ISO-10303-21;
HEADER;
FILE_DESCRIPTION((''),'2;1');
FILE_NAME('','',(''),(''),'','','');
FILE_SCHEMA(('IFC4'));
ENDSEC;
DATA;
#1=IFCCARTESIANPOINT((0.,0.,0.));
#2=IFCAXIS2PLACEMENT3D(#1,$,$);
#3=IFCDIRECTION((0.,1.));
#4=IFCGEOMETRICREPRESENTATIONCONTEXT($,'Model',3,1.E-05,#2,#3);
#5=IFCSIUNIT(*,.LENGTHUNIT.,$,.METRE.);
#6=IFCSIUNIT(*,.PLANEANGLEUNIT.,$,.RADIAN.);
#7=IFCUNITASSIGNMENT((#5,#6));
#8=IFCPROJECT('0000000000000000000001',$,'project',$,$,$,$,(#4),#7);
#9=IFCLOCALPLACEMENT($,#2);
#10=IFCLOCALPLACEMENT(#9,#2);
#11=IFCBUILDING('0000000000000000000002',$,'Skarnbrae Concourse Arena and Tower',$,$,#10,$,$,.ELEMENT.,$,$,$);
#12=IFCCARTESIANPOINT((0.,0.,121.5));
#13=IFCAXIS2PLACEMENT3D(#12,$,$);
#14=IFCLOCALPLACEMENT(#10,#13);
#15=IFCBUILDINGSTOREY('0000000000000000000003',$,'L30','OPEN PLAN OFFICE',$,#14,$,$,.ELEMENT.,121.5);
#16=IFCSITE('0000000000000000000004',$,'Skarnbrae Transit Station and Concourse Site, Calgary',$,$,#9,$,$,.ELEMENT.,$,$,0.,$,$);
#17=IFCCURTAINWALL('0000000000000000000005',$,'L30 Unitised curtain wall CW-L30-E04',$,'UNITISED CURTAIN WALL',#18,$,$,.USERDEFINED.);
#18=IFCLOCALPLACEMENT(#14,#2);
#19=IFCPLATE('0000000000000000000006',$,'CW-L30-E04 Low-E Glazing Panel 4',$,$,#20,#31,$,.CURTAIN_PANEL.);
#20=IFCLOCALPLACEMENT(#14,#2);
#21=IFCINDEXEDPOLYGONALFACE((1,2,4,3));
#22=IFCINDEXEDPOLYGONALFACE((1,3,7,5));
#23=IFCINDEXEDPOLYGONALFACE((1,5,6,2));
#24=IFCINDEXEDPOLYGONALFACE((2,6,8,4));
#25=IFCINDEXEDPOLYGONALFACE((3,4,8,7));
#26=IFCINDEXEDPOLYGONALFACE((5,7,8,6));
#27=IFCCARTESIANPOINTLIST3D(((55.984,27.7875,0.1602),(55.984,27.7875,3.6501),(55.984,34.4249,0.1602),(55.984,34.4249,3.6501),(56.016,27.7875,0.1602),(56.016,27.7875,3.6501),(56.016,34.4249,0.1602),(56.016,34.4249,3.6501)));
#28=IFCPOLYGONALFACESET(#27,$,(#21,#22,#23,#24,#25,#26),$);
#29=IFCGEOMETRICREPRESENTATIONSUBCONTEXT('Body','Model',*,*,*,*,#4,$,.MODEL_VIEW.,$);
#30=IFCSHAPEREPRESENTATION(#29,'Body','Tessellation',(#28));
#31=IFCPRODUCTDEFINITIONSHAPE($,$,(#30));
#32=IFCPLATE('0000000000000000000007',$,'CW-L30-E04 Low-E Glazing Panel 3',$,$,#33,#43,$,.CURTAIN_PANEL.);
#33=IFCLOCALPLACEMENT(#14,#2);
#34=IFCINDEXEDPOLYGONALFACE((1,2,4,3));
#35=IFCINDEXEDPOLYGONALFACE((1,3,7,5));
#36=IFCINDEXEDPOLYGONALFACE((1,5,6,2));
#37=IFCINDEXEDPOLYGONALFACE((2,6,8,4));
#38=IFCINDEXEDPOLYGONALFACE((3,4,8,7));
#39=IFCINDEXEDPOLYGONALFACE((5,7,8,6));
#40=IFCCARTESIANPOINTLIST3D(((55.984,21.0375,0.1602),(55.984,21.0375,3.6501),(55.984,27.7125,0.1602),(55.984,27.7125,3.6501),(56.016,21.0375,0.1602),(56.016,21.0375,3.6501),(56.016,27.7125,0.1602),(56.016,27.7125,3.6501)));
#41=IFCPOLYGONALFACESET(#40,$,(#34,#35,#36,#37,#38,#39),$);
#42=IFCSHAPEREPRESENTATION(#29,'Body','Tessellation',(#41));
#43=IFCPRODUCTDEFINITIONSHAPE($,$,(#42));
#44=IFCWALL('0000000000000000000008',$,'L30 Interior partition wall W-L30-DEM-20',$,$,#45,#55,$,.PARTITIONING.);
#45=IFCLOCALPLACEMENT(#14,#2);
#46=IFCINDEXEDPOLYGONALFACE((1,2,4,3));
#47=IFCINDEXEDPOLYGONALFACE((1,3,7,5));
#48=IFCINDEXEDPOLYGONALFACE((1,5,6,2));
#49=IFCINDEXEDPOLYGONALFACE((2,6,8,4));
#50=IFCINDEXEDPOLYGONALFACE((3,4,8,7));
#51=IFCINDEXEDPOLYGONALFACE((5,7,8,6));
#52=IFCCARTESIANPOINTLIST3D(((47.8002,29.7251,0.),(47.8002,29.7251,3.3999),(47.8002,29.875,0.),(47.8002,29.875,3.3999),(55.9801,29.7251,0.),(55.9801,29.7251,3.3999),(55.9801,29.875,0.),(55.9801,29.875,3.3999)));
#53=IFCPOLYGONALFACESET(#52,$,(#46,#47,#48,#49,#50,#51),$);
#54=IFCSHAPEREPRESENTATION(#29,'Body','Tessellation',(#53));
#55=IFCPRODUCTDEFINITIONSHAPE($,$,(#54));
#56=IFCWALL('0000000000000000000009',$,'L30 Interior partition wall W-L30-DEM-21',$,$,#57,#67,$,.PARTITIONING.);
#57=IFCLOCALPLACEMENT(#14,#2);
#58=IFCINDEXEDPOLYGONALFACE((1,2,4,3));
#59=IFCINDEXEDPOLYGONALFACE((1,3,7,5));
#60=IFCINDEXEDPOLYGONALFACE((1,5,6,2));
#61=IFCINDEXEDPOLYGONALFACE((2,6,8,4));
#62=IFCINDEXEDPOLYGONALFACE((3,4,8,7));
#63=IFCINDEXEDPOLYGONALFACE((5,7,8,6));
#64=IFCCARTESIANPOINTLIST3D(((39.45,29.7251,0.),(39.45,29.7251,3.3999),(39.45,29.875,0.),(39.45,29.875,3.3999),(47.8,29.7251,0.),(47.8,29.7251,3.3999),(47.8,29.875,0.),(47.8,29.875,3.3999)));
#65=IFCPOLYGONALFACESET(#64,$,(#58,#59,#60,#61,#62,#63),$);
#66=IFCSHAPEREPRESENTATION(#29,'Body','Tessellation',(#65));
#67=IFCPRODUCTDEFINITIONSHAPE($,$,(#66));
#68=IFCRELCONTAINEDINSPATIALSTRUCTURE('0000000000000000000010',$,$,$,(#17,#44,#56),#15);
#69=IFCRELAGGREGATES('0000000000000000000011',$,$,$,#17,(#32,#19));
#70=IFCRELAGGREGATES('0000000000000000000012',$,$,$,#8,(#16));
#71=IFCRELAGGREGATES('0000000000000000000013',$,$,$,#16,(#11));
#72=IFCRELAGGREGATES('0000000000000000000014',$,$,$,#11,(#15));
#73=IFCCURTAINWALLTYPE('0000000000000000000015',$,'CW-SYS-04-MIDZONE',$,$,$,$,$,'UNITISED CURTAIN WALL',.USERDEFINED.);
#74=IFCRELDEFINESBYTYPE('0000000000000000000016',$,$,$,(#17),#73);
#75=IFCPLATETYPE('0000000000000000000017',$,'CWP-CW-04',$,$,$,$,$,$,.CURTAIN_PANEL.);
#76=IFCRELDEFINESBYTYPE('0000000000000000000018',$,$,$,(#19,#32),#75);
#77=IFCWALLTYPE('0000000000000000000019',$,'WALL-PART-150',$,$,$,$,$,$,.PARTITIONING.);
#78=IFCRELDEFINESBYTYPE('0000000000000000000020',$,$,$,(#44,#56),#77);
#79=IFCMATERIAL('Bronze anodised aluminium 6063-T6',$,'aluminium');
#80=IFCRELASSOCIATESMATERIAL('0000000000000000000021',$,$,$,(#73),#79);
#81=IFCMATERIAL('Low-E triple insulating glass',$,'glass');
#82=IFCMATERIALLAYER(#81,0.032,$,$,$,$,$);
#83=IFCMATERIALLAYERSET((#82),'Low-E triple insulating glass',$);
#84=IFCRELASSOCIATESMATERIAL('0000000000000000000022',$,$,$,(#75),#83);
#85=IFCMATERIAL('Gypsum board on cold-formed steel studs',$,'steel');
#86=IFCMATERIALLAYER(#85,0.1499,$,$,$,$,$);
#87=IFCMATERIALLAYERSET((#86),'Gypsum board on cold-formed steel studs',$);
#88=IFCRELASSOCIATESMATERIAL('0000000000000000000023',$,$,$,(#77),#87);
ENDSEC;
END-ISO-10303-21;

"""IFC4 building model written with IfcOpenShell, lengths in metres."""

from ifc_helpers import new_model, si_unit, direction, frame, frame_2d, origin, origin_2d, place, context, subcontext, project, spatial, rectangle, extrude, source, transform, mapped, material, layer, layer_set, type_object, element, aggregate, save


model = new_model("IFC4")

# Units and contexts
model_context = context("Model", 3, precision=1e-05, world=origin(), true_north=direction((0.0, 1.0)))
body_context = subcontext(model_context, "Body", "Model", "MODEL_VIEW")
ifc_project = project(units=[si_unit("LENGTHUNIT", "METRE"), si_unit("PLANEANGLEUNIT", "RADIAN")], contexts=[model_context])

# Site, building, storey
site_placement = place(None, origin())
site = spatial("IfcSite", under=ifc_project, at=site_placement, Name="Skarnbrae Transit Station and Concourse Site, Calgary", CompositionType="ELEMENT", RefElevation=0.0)
building_placement = place(site_placement, origin())
building = spatial("IfcBuilding", under=site, at=building_placement, Name="Skarnbrae Concourse Arena and Tower", CompositionType="ELEMENT")
storey_placement = place(building_placement, frame((0.0, 0.0, 121.5)))
storey = spatial("IfcBuildingStorey", under=building, at=storey_placement, Name="L30", Description="OPEN PLAN OFFICE", CompositionType="ELEMENT", Elevation=121.5)

# Curtain wall, plates
ifc_material_1 = material(Name="Bronze anodised aluminium 6063-T6", Category="aluminium")
curtain_wall_type = type_object("IfcCurtainWallType", Name="CW-SYS-04-MIDZONE", ElementType="UNITISED CURTAIN WALL", PredefinedType="USERDEFINED", material=ifc_material_1)
curtain_wall_placement = place(storey_placement, origin())
curtain_wall = element("IfcCurtainWall", 1, at=curtain_wall_placement, inside=storey, type_object=curtain_wall_type, Name="L30 Unitised curtain wall CW-L30-E04", ObjectType="UNITISED CURTAIN WALL", PredefinedType="USERDEFINED")
ifc_material_2 = material(Name="Low-E triple insulating glass", Category="glass")
ifc_layer_1 = layer(ifc_material_2, 0.032)
ifc_layer_set_1 = layer_set([ifc_layer_1], Name="Low-E triple insulating glass")
plate_type = type_object("IfcPlateType", Name="CWP-CW-04", PredefinedType="CURTAIN_PANEL", material=ifc_layer_set_1)
shared_shape_1 = source(origin(), body_context, "Body", "SweptSolid", [
    extrude(rectangle(XDim=6.6375, YDim=0.032, at=origin_2d()), origin(), (0.0, 0.0, 1.0), 3.49),
])
plate_1_placement = place(storey_placement, frame((56.0, 31.1062, 0.1602), z_axis=(0.0, 0.0, 1.0), x_axis=(0.0, 1.0, 0.0)))
plate_1 = element("IfcPlate", 2, at=plate_1_placement, type_object=plate_type, Name="CW-L30-E04 Low-E Glazing Panel 4", PredefinedType="CURTAIN_PANEL", context=body_context, shape_type="MappedRepresentation", body=[
    mapped(shared_shape_1, transform((0.0, 0.0, 0.0))),
])
shared_shape_2 = source(origin(), body_context, "Body", "SweptSolid", [
    extrude(rectangle(XDim=6.675, YDim=0.032, at=origin_2d()), origin(), (0.0, 0.0, 1.0), 3.49),
])
plate_2_placement = place(storey_placement, frame((56.0, 24.375, 0.1602), z_axis=(0.0, 0.0, 1.0), x_axis=(0.0, 1.0, 0.0)))
plate_2 = element("IfcPlate", 3, at=plate_2_placement, type_object=plate_type, Name="CW-L30-E04 Low-E Glazing Panel 3", PredefinedType="CURTAIN_PANEL", context=body_context, shape_type="MappedRepresentation", body=[
    mapped(shared_shape_2, transform((0.0, 0.0, 0.0))),
])
aggregate(curtain_wall, [plate_2, plate_1])

# Shared definitions
ifc_material_3 = material(Name="Gypsum board on cold-formed steel studs", Category="steel")

# Walls
ifc_layer_2 = layer(ifc_material_3, 0.1499)
ifc_layer_set_2 = layer_set([ifc_layer_2], Name="Gypsum board on cold-formed steel studs")
wall_type_1 = type_object("IfcWallType", Name="WALL-PART-150", PredefinedType="PARTITIONING", material=ifc_layer_set_2)
shared_shape_3 = source(origin(), body_context, "Body", "SweptSolid", [
    extrude(rectangle(XDim=8.1799, YDim=0.1499, at=frame_2d((4.0898, 0.0))), origin(), (0.0, 0.0, 1.0), 3.3999),
])
wall_1_placement = place(storey_placement, frame((55.98, 29.8, 0.0), z_axis=(0.0, 0.0, 1.0), x_axis=(-1.0, 0.0, 0.0)))
element("IfcWall", 4, at=wall_1_placement, inside=storey, type_object=wall_type_1, Name="L30 Interior partition wall W-L30-DEM-20", PredefinedType="PARTITIONING", context=body_context, shape_type="MappedRepresentation", body=[
    mapped(shared_shape_3, transform((0.0, 0.0, 0.0))),
])
shared_shape_4 = source(origin(), body_context, "Body", "SweptSolid", [
    extrude(rectangle(XDim=8.3501, YDim=0.1499, at=frame_2d((4.175, 0.0))), origin(), (0.0, 0.0, 1.0), 3.3999),
])
wall_2_placement = place(storey_placement, frame((47.8, 29.8, 0.0), z_axis=(0.0, 0.0, 1.0), x_axis=(-1.0, 0.0, 0.0)))
element("IfcWall", 5, at=wall_2_placement, inside=storey, type_object=wall_type_1, Name="L30 Interior partition wall W-L30-DEM-21", PredefinedType="PARTITIONING", context=body_context, shape_type="MappedRepresentation", body=[
    mapped(shared_shape_4, transform((0.0, 0.0, 0.0))),
])

save(model, "model.ifc")
